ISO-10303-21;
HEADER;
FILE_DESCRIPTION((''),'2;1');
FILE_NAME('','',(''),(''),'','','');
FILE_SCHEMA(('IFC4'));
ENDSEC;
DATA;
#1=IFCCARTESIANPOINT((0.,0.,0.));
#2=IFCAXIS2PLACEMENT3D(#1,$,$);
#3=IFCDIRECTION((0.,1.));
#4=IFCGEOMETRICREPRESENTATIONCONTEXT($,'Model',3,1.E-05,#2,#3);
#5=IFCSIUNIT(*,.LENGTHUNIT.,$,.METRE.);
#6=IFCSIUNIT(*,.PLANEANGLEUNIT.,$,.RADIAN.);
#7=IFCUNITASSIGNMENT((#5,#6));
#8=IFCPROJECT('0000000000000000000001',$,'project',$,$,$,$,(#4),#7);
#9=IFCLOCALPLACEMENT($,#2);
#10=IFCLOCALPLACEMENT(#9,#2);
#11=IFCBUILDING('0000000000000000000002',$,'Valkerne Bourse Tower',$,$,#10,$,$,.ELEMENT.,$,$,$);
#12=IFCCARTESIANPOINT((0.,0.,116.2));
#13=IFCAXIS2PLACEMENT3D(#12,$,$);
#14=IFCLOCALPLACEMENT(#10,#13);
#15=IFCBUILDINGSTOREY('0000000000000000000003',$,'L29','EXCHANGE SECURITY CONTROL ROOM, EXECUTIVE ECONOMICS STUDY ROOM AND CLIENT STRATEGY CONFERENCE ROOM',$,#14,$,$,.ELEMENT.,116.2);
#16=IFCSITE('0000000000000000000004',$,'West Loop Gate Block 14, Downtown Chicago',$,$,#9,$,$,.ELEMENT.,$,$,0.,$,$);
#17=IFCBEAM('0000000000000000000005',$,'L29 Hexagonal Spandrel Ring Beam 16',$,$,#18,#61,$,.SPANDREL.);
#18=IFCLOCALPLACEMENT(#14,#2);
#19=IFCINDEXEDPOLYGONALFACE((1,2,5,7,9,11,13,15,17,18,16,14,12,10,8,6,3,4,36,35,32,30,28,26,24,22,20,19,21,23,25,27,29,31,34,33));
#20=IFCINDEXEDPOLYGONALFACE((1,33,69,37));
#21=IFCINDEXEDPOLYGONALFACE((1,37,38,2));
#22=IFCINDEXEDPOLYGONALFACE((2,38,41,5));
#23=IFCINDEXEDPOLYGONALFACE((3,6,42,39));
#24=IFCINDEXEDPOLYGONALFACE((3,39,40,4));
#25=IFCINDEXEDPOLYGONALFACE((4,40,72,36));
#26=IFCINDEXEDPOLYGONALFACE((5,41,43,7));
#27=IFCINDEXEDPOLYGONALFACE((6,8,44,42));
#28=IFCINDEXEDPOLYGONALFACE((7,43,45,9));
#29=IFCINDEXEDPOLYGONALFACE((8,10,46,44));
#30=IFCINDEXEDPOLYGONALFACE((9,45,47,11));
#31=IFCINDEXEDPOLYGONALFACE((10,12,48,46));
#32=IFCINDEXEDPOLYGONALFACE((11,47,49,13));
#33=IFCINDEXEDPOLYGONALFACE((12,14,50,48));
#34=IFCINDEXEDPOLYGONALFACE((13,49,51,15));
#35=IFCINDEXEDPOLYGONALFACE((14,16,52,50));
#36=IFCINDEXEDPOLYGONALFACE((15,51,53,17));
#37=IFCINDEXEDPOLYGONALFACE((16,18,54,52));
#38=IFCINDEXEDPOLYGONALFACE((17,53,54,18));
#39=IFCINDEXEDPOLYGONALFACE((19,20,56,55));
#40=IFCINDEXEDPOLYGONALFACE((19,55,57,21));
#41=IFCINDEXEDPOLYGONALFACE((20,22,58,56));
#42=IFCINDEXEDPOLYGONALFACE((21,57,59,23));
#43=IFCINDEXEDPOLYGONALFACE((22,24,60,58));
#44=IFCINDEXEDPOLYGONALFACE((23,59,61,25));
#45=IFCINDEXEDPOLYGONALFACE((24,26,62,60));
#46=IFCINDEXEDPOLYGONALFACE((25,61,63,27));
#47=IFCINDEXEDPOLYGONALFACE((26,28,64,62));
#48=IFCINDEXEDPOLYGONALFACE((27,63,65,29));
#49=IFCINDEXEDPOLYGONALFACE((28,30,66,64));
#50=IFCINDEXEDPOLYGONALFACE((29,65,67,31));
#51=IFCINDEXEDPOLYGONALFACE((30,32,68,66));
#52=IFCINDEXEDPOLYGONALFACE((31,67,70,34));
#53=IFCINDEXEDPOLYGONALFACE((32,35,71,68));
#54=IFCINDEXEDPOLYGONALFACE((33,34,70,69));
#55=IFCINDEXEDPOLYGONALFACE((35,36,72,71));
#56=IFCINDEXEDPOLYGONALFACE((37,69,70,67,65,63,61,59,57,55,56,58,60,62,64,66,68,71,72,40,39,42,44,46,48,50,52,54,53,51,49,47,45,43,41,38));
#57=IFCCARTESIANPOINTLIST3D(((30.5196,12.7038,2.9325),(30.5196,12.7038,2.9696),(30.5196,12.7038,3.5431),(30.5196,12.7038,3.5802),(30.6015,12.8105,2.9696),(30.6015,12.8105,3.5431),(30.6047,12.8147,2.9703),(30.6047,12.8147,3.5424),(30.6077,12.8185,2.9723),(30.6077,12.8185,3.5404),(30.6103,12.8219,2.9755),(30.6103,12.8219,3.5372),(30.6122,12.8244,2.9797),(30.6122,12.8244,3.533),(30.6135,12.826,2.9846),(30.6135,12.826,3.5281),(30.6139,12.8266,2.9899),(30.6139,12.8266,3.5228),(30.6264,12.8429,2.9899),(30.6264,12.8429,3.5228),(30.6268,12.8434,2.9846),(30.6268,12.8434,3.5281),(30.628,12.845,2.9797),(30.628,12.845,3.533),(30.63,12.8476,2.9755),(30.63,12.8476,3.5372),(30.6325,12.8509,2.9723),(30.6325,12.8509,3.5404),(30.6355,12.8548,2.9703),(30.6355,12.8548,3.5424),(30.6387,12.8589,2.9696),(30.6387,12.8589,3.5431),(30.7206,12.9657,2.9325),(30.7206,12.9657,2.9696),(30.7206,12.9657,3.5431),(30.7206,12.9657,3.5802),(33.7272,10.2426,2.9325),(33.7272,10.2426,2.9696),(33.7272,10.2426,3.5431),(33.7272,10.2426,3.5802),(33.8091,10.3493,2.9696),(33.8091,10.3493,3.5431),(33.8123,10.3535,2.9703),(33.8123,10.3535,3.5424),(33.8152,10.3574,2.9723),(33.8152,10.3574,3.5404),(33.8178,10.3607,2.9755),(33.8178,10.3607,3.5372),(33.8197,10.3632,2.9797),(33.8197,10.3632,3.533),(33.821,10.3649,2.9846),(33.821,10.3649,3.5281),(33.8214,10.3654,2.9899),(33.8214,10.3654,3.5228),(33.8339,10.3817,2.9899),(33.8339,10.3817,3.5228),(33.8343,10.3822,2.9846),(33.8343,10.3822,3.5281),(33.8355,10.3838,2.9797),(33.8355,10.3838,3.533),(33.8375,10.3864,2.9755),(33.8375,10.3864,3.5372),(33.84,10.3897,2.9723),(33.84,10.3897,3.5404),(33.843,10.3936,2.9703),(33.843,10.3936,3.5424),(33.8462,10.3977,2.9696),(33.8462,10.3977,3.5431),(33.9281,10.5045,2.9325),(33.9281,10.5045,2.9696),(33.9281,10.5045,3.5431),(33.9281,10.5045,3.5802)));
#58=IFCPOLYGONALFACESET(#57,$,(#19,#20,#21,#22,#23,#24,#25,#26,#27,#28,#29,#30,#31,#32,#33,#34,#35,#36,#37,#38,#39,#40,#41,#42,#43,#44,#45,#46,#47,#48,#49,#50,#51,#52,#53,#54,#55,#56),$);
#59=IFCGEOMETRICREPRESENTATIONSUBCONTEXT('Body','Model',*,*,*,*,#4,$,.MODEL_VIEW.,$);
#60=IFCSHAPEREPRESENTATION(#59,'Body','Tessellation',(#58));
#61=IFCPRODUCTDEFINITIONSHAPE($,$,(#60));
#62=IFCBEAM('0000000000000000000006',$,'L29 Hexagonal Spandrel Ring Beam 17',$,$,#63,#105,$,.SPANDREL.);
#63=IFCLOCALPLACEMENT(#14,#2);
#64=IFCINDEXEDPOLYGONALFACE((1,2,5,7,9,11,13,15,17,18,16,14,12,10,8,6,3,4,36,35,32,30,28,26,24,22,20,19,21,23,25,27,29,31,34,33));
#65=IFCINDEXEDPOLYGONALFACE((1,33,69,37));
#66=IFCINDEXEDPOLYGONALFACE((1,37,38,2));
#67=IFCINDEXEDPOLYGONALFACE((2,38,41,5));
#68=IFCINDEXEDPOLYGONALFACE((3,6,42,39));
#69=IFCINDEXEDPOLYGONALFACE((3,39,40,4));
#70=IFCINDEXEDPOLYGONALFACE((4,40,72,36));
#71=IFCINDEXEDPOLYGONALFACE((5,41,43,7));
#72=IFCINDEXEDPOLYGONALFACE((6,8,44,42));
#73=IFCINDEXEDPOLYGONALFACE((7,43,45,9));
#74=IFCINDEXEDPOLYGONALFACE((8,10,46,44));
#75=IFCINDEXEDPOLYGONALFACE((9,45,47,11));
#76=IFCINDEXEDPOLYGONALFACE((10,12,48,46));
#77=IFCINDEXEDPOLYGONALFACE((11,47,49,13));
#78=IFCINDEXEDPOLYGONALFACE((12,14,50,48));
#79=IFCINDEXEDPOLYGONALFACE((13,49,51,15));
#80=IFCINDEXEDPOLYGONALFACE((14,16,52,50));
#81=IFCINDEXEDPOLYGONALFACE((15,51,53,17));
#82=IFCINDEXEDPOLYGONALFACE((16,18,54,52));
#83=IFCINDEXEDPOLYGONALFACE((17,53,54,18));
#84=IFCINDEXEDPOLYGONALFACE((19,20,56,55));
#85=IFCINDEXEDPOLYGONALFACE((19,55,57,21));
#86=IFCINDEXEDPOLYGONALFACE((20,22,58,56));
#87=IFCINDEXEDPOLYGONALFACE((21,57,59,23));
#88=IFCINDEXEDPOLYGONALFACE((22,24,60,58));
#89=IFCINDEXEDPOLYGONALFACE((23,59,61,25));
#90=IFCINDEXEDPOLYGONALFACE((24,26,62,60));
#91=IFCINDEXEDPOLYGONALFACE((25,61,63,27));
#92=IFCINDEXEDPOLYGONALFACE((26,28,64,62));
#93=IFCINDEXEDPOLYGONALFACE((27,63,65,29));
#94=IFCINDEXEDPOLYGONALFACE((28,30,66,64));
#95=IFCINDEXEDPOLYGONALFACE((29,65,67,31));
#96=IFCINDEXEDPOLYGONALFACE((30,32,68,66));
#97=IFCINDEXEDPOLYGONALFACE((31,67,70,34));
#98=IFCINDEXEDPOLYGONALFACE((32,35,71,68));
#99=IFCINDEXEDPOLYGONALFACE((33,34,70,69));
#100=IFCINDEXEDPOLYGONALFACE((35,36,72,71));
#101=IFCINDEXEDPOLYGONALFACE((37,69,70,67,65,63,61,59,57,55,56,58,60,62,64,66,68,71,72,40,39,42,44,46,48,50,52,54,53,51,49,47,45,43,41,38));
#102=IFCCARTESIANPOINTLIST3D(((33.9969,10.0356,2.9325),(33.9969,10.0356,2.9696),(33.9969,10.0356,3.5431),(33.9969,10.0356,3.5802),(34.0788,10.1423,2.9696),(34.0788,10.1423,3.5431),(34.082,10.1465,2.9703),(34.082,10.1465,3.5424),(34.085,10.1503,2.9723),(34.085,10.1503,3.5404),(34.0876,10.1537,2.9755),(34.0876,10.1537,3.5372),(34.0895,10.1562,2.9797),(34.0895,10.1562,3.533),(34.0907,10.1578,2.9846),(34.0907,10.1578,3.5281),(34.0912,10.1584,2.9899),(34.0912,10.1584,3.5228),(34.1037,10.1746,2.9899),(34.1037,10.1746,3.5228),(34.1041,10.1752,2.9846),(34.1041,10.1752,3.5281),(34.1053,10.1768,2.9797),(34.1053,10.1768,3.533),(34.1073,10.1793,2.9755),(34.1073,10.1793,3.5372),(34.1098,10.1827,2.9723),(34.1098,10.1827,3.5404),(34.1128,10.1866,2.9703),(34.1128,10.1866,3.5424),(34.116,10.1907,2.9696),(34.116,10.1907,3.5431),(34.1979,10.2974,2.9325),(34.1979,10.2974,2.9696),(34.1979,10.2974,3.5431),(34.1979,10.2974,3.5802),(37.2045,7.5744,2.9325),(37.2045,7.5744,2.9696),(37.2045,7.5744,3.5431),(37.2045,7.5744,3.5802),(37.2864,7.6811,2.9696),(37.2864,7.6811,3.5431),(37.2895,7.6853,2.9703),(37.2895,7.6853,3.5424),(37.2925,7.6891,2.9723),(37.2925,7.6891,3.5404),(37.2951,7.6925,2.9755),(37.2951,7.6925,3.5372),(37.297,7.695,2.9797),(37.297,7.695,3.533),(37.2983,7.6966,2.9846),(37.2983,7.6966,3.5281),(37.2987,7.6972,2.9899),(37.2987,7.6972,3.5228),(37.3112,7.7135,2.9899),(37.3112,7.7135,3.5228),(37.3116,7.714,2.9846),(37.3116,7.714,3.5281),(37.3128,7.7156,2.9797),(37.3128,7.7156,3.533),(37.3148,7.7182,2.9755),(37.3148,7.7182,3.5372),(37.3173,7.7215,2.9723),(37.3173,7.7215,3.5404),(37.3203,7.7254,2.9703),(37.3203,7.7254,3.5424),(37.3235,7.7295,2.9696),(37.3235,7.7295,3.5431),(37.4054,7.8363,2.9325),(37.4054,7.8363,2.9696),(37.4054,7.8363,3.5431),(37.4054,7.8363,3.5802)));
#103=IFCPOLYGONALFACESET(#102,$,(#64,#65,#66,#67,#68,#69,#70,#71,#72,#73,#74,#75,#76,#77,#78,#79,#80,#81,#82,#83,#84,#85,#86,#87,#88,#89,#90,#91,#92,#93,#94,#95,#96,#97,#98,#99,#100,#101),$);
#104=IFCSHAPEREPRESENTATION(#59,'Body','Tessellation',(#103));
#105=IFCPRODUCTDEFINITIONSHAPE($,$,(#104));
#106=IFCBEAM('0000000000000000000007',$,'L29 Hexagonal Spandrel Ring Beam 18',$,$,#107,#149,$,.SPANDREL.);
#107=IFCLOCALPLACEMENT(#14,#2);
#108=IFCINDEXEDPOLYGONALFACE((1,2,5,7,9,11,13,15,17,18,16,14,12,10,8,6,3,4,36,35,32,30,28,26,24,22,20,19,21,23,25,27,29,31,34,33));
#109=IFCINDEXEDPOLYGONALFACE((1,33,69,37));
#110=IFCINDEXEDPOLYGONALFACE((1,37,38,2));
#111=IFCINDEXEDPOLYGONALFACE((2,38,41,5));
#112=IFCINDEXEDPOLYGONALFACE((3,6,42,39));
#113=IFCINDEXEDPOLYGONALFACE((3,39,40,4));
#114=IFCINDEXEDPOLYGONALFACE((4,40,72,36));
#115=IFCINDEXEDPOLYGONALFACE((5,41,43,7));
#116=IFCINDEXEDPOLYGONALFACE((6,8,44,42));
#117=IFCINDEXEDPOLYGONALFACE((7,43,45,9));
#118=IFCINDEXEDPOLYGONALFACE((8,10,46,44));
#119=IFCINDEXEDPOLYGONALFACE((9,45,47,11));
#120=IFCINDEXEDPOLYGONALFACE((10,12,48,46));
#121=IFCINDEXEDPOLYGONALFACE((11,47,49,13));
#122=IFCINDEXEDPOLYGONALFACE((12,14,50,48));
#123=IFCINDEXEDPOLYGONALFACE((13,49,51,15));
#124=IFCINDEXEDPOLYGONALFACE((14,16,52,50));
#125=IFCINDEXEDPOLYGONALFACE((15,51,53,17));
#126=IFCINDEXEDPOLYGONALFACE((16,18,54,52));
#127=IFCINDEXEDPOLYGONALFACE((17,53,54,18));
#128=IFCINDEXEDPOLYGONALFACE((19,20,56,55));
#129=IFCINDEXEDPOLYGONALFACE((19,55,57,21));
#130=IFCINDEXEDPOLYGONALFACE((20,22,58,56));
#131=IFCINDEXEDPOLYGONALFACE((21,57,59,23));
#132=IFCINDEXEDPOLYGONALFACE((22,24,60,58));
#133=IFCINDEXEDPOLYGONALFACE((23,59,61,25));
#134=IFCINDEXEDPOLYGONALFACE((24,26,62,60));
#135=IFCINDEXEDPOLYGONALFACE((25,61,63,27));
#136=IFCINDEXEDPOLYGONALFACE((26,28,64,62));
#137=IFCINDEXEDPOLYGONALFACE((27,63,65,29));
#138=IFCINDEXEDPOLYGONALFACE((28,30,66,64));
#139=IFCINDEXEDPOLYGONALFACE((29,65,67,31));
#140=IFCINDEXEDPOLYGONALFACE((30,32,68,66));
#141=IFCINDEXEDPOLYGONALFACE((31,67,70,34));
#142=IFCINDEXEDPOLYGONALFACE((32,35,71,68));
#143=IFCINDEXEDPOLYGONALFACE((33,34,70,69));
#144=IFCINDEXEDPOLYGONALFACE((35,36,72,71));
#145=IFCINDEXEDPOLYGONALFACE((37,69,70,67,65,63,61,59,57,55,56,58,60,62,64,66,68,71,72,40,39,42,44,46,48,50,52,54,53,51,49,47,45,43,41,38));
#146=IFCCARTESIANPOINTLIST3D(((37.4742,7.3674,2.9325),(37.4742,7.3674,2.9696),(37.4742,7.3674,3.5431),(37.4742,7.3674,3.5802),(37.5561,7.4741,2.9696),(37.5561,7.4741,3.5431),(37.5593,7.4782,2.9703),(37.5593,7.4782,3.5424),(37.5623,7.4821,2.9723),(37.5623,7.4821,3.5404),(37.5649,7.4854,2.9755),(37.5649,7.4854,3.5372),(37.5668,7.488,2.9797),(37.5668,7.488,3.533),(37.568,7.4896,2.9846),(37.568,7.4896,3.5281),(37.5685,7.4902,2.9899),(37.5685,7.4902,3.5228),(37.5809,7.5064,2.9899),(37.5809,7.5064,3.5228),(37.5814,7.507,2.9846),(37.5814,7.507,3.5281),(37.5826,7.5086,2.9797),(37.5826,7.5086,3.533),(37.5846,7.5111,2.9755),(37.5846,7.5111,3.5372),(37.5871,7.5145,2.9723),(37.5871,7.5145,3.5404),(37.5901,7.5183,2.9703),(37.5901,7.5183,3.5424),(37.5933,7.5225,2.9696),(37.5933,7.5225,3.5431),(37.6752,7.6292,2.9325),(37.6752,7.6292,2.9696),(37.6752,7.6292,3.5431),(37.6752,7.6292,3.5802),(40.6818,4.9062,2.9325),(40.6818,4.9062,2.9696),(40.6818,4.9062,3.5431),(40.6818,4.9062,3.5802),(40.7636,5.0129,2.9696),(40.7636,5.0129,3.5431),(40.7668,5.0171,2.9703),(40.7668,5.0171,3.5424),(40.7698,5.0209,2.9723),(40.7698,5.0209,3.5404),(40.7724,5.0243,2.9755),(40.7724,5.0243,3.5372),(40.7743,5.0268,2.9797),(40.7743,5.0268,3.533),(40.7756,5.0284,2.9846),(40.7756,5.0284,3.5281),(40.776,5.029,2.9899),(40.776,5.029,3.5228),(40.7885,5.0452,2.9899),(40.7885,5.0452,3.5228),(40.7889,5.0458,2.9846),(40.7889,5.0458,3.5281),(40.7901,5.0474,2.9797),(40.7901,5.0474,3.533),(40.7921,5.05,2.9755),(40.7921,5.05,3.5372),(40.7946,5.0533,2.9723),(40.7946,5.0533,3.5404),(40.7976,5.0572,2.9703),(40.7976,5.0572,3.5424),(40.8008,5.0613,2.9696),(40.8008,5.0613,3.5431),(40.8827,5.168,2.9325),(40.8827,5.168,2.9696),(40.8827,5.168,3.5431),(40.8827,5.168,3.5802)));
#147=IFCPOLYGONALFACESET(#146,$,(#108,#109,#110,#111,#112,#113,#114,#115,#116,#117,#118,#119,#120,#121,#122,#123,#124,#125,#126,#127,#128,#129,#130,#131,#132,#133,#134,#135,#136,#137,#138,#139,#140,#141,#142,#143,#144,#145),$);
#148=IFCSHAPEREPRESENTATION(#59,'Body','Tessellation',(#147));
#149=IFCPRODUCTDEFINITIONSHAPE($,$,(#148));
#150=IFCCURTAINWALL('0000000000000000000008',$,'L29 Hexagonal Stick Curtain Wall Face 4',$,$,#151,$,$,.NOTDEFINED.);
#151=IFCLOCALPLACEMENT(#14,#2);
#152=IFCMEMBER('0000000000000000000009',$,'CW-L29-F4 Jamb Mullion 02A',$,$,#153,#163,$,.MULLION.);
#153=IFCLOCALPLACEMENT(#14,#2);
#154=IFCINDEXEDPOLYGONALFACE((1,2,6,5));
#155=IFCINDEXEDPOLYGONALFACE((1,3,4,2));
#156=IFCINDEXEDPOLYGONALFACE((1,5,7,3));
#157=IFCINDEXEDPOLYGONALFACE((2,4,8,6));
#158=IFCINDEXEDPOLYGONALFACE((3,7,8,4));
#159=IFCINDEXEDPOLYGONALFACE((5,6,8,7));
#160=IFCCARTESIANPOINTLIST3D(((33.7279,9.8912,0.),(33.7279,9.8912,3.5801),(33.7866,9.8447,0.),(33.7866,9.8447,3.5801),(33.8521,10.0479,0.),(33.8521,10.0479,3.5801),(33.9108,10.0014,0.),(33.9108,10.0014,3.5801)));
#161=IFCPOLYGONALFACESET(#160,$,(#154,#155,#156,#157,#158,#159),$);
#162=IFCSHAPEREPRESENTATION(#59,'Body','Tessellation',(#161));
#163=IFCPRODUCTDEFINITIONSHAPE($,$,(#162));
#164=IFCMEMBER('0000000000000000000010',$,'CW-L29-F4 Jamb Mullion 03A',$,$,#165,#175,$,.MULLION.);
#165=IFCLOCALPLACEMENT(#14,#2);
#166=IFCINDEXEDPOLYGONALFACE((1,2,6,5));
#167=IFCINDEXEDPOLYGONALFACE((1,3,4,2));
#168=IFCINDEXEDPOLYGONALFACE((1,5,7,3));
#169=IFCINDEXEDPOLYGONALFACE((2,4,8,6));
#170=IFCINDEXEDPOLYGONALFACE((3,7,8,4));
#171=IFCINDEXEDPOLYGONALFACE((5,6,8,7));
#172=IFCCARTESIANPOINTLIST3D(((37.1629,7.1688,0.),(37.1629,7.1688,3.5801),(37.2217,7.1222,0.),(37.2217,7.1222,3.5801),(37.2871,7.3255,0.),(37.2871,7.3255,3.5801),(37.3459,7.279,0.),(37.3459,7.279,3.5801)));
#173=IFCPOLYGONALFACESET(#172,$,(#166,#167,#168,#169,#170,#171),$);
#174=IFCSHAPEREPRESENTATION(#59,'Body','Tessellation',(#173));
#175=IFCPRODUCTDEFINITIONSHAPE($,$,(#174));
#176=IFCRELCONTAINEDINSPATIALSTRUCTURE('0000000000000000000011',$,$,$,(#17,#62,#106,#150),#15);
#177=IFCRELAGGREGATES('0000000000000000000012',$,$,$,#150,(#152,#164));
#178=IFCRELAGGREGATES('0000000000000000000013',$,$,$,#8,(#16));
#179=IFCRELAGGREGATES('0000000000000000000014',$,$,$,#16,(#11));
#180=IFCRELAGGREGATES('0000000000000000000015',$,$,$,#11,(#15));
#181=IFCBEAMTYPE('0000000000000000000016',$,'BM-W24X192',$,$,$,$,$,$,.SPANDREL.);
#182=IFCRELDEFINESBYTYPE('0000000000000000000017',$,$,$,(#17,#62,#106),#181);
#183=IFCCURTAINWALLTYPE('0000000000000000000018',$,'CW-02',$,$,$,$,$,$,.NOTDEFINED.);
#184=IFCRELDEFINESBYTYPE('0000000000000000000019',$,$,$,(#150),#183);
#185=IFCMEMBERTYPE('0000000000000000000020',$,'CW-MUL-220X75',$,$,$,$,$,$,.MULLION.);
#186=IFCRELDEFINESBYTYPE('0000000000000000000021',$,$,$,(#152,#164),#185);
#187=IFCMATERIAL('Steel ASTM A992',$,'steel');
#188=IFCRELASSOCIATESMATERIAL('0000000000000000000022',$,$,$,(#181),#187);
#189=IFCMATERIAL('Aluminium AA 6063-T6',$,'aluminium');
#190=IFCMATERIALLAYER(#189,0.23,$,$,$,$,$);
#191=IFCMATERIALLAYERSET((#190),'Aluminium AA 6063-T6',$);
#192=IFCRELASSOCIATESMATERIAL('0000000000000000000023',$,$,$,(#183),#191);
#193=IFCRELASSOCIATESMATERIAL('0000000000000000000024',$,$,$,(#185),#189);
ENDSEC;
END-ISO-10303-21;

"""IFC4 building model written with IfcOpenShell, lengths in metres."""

from ifc_helpers import new_model, si_unit, direction, frame, origin, origin_2d, place, context, subcontext, project, spatial, rectangle, i_section, extrude, material, layer, layer_set, material_profile, profile_set, type_object, element, aggregate, save


model = new_model("IFC4")

# Units and contexts
model_context = context("Model", 3, precision=1e-05, world=origin(), true_north=direction((0.0, 1.0)))
body_context = subcontext(model_context, "Body", "Model", "MODEL_VIEW")
ifc_project = project(units=[si_unit("LENGTHUNIT", "METRE"), si_unit("PLANEANGLEUNIT", "RADIAN")], contexts=[model_context])

# Site, building, storey
site_placement = place(None, origin())
site = spatial("IfcSite", under=ifc_project, at=site_placement, Name="West Loop Gate Block 14, Downtown Chicago", CompositionType="ELEMENT", RefElevation=0.0)
building_placement = place(site_placement, origin())
building = spatial("IfcBuilding", under=site, at=building_placement, Name="Valkerne Bourse Tower", CompositionType="ELEMENT")
storey_placement = place(building_placement, frame((0.0, 0.0, 116.2)))
storey = spatial("IfcBuildingStorey", under=building, at=storey_placement, Name="L29", Description="EXCHANGE SECURITY CONTROL ROOM, EXECUTIVE ECONOMICS STUDY ROOM AND CLIENT STRATEGY CONFERENCE ROOM", CompositionType="ELEMENT", Elevation=116.2)

# Beams
ifc_material_1 = material(Name="Steel ASTM A992", Category="steel")
ifc_material_profile_1 = material_profile(ifc_material_1, i_section(OverallWidth=0.3301, OverallDepth=0.6477, WebThickness=0.0205, FlangeThickness=0.0371, FilletRadius=0.0203, at=origin_2d()), Name="W24X192")
ifc_profile_set_1 = profile_set([ifc_material_profile_1], Name="Steel ASTM A992")
beam_type_1 = type_object("IfcBeamType", Name="BM-W24X192", PredefinedType="SPANDREL", material=ifc_profile_set_1)
for number, where, z_axis, x_axis, name in (
    (1, (30.6201, 12.8347, 3.2563), (0.793357, -0.608756, 0.0), (0.608756, 0.793357, 0.0), "L29 Hexagonal Spandrel Ring Beam 16"),
    (2, (34.0974, 10.1665, 3.2563), (0.793357, -0.608756, 0.0), (0.608756, 0.793357, 0.0), "L29 Hexagonal Spandrel Ring Beam 17"),
    (3, (37.5747, 7.4983, 3.2563), (0.793357, -0.608756, 0.0), (0.608756, 0.793357, 0.0), "L29 Hexagonal Spandrel Ring Beam 18"),
):
    element("IfcBeam", number, at=place(storey_placement, frame(where, z_axis=z_axis, x_axis=x_axis)), inside=storey, type_object=beam_type_1, Name=name, PredefinedType="SPANDREL", context=body_context, shape_type="SweptSolid", body=[
        extrude(i_section(OverallWidth=0.3301, OverallDepth=0.6477, WebThickness=0.0205, FlangeThickness=0.0371, FilletRadius=0.0203, at=origin_2d()), origin(), (0.0, 0.0, 1.0), 4.043),
    ])

# Curtain wall, members
ifc_material_2 = material(Name="Aluminium AA 6063-T6", Category="aluminium")
ifc_layer_1 = layer(ifc_material_2, 0.23)
ifc_layer_set_1 = layer_set([ifc_layer_1], Name="Aluminium AA 6063-T6")
curtain_wall_type = type_object("IfcCurtainWallType", Name="CW-02", PredefinedType="NOTDEFINED", material=ifc_layer_set_1)
curtain_wall_placement = place(storey_placement, origin())
curtain_wall = element("IfcCurtainWall", 4, at=curtain_wall_placement, inside=storey, type_object=curtain_wall_type, Name="L29 Hexagonal Stick Curtain Wall Face 4", PredefinedType="NOTDEFINED")
ifc_material_profile_2 = material_profile(ifc_material_2, rectangle(XDim=0.075, YDim=0.2, at=origin_2d()), Name="CWM-75X200")
ifc_profile_set_2 = profile_set([ifc_material_profile_2], Name="Aluminium AA 6063-T6")
member_type_1 = type_object("IfcMemberType", Name="CW-MUL-220X75", PredefinedType="MULLION", material=ifc_profile_set_2)
member_1_placement = place(storey_placement, frame((33.8193, 9.9463, 0.0), z_axis=(0.0, 0.0, 1.0), x_axis=(0.78369, -0.621152, 0.0)))
member_1 = element("IfcMember", 5, at=member_1_placement, type_object=member_type_1, Name="CW-L29-F4 Jamb Mullion 02A", PredefinedType="MULLION", context=body_context, shape_type="SweptSolid", body=[
    extrude(rectangle(XDim=0.075, YDim=0.2, at=origin_2d()), origin(), (0.0, 0.0, 1.0), 3.5801),
])
member_2_placement = place(storey_placement, frame((37.2544, 7.2239, 0.0), z_axis=(0.0, 0.0, 1.0), x_axis=(0.783699, -0.621141, 0.0)))
member_2 = element("IfcMember", 6, at=member_2_placement, type_object=member_type_1, Name="CW-L29-F4 Jamb Mullion 03A", PredefinedType="MULLION", context=body_context, shape_type="SweptSolid", body=[
    extrude(rectangle(XDim=0.075, YDim=0.2, at=origin_2d()), origin(), (0.0, 0.0, 1.0), 3.5801),
])

aggregate(curtain_wall, [member_1, member_2])

save(model, "model.ifc")
